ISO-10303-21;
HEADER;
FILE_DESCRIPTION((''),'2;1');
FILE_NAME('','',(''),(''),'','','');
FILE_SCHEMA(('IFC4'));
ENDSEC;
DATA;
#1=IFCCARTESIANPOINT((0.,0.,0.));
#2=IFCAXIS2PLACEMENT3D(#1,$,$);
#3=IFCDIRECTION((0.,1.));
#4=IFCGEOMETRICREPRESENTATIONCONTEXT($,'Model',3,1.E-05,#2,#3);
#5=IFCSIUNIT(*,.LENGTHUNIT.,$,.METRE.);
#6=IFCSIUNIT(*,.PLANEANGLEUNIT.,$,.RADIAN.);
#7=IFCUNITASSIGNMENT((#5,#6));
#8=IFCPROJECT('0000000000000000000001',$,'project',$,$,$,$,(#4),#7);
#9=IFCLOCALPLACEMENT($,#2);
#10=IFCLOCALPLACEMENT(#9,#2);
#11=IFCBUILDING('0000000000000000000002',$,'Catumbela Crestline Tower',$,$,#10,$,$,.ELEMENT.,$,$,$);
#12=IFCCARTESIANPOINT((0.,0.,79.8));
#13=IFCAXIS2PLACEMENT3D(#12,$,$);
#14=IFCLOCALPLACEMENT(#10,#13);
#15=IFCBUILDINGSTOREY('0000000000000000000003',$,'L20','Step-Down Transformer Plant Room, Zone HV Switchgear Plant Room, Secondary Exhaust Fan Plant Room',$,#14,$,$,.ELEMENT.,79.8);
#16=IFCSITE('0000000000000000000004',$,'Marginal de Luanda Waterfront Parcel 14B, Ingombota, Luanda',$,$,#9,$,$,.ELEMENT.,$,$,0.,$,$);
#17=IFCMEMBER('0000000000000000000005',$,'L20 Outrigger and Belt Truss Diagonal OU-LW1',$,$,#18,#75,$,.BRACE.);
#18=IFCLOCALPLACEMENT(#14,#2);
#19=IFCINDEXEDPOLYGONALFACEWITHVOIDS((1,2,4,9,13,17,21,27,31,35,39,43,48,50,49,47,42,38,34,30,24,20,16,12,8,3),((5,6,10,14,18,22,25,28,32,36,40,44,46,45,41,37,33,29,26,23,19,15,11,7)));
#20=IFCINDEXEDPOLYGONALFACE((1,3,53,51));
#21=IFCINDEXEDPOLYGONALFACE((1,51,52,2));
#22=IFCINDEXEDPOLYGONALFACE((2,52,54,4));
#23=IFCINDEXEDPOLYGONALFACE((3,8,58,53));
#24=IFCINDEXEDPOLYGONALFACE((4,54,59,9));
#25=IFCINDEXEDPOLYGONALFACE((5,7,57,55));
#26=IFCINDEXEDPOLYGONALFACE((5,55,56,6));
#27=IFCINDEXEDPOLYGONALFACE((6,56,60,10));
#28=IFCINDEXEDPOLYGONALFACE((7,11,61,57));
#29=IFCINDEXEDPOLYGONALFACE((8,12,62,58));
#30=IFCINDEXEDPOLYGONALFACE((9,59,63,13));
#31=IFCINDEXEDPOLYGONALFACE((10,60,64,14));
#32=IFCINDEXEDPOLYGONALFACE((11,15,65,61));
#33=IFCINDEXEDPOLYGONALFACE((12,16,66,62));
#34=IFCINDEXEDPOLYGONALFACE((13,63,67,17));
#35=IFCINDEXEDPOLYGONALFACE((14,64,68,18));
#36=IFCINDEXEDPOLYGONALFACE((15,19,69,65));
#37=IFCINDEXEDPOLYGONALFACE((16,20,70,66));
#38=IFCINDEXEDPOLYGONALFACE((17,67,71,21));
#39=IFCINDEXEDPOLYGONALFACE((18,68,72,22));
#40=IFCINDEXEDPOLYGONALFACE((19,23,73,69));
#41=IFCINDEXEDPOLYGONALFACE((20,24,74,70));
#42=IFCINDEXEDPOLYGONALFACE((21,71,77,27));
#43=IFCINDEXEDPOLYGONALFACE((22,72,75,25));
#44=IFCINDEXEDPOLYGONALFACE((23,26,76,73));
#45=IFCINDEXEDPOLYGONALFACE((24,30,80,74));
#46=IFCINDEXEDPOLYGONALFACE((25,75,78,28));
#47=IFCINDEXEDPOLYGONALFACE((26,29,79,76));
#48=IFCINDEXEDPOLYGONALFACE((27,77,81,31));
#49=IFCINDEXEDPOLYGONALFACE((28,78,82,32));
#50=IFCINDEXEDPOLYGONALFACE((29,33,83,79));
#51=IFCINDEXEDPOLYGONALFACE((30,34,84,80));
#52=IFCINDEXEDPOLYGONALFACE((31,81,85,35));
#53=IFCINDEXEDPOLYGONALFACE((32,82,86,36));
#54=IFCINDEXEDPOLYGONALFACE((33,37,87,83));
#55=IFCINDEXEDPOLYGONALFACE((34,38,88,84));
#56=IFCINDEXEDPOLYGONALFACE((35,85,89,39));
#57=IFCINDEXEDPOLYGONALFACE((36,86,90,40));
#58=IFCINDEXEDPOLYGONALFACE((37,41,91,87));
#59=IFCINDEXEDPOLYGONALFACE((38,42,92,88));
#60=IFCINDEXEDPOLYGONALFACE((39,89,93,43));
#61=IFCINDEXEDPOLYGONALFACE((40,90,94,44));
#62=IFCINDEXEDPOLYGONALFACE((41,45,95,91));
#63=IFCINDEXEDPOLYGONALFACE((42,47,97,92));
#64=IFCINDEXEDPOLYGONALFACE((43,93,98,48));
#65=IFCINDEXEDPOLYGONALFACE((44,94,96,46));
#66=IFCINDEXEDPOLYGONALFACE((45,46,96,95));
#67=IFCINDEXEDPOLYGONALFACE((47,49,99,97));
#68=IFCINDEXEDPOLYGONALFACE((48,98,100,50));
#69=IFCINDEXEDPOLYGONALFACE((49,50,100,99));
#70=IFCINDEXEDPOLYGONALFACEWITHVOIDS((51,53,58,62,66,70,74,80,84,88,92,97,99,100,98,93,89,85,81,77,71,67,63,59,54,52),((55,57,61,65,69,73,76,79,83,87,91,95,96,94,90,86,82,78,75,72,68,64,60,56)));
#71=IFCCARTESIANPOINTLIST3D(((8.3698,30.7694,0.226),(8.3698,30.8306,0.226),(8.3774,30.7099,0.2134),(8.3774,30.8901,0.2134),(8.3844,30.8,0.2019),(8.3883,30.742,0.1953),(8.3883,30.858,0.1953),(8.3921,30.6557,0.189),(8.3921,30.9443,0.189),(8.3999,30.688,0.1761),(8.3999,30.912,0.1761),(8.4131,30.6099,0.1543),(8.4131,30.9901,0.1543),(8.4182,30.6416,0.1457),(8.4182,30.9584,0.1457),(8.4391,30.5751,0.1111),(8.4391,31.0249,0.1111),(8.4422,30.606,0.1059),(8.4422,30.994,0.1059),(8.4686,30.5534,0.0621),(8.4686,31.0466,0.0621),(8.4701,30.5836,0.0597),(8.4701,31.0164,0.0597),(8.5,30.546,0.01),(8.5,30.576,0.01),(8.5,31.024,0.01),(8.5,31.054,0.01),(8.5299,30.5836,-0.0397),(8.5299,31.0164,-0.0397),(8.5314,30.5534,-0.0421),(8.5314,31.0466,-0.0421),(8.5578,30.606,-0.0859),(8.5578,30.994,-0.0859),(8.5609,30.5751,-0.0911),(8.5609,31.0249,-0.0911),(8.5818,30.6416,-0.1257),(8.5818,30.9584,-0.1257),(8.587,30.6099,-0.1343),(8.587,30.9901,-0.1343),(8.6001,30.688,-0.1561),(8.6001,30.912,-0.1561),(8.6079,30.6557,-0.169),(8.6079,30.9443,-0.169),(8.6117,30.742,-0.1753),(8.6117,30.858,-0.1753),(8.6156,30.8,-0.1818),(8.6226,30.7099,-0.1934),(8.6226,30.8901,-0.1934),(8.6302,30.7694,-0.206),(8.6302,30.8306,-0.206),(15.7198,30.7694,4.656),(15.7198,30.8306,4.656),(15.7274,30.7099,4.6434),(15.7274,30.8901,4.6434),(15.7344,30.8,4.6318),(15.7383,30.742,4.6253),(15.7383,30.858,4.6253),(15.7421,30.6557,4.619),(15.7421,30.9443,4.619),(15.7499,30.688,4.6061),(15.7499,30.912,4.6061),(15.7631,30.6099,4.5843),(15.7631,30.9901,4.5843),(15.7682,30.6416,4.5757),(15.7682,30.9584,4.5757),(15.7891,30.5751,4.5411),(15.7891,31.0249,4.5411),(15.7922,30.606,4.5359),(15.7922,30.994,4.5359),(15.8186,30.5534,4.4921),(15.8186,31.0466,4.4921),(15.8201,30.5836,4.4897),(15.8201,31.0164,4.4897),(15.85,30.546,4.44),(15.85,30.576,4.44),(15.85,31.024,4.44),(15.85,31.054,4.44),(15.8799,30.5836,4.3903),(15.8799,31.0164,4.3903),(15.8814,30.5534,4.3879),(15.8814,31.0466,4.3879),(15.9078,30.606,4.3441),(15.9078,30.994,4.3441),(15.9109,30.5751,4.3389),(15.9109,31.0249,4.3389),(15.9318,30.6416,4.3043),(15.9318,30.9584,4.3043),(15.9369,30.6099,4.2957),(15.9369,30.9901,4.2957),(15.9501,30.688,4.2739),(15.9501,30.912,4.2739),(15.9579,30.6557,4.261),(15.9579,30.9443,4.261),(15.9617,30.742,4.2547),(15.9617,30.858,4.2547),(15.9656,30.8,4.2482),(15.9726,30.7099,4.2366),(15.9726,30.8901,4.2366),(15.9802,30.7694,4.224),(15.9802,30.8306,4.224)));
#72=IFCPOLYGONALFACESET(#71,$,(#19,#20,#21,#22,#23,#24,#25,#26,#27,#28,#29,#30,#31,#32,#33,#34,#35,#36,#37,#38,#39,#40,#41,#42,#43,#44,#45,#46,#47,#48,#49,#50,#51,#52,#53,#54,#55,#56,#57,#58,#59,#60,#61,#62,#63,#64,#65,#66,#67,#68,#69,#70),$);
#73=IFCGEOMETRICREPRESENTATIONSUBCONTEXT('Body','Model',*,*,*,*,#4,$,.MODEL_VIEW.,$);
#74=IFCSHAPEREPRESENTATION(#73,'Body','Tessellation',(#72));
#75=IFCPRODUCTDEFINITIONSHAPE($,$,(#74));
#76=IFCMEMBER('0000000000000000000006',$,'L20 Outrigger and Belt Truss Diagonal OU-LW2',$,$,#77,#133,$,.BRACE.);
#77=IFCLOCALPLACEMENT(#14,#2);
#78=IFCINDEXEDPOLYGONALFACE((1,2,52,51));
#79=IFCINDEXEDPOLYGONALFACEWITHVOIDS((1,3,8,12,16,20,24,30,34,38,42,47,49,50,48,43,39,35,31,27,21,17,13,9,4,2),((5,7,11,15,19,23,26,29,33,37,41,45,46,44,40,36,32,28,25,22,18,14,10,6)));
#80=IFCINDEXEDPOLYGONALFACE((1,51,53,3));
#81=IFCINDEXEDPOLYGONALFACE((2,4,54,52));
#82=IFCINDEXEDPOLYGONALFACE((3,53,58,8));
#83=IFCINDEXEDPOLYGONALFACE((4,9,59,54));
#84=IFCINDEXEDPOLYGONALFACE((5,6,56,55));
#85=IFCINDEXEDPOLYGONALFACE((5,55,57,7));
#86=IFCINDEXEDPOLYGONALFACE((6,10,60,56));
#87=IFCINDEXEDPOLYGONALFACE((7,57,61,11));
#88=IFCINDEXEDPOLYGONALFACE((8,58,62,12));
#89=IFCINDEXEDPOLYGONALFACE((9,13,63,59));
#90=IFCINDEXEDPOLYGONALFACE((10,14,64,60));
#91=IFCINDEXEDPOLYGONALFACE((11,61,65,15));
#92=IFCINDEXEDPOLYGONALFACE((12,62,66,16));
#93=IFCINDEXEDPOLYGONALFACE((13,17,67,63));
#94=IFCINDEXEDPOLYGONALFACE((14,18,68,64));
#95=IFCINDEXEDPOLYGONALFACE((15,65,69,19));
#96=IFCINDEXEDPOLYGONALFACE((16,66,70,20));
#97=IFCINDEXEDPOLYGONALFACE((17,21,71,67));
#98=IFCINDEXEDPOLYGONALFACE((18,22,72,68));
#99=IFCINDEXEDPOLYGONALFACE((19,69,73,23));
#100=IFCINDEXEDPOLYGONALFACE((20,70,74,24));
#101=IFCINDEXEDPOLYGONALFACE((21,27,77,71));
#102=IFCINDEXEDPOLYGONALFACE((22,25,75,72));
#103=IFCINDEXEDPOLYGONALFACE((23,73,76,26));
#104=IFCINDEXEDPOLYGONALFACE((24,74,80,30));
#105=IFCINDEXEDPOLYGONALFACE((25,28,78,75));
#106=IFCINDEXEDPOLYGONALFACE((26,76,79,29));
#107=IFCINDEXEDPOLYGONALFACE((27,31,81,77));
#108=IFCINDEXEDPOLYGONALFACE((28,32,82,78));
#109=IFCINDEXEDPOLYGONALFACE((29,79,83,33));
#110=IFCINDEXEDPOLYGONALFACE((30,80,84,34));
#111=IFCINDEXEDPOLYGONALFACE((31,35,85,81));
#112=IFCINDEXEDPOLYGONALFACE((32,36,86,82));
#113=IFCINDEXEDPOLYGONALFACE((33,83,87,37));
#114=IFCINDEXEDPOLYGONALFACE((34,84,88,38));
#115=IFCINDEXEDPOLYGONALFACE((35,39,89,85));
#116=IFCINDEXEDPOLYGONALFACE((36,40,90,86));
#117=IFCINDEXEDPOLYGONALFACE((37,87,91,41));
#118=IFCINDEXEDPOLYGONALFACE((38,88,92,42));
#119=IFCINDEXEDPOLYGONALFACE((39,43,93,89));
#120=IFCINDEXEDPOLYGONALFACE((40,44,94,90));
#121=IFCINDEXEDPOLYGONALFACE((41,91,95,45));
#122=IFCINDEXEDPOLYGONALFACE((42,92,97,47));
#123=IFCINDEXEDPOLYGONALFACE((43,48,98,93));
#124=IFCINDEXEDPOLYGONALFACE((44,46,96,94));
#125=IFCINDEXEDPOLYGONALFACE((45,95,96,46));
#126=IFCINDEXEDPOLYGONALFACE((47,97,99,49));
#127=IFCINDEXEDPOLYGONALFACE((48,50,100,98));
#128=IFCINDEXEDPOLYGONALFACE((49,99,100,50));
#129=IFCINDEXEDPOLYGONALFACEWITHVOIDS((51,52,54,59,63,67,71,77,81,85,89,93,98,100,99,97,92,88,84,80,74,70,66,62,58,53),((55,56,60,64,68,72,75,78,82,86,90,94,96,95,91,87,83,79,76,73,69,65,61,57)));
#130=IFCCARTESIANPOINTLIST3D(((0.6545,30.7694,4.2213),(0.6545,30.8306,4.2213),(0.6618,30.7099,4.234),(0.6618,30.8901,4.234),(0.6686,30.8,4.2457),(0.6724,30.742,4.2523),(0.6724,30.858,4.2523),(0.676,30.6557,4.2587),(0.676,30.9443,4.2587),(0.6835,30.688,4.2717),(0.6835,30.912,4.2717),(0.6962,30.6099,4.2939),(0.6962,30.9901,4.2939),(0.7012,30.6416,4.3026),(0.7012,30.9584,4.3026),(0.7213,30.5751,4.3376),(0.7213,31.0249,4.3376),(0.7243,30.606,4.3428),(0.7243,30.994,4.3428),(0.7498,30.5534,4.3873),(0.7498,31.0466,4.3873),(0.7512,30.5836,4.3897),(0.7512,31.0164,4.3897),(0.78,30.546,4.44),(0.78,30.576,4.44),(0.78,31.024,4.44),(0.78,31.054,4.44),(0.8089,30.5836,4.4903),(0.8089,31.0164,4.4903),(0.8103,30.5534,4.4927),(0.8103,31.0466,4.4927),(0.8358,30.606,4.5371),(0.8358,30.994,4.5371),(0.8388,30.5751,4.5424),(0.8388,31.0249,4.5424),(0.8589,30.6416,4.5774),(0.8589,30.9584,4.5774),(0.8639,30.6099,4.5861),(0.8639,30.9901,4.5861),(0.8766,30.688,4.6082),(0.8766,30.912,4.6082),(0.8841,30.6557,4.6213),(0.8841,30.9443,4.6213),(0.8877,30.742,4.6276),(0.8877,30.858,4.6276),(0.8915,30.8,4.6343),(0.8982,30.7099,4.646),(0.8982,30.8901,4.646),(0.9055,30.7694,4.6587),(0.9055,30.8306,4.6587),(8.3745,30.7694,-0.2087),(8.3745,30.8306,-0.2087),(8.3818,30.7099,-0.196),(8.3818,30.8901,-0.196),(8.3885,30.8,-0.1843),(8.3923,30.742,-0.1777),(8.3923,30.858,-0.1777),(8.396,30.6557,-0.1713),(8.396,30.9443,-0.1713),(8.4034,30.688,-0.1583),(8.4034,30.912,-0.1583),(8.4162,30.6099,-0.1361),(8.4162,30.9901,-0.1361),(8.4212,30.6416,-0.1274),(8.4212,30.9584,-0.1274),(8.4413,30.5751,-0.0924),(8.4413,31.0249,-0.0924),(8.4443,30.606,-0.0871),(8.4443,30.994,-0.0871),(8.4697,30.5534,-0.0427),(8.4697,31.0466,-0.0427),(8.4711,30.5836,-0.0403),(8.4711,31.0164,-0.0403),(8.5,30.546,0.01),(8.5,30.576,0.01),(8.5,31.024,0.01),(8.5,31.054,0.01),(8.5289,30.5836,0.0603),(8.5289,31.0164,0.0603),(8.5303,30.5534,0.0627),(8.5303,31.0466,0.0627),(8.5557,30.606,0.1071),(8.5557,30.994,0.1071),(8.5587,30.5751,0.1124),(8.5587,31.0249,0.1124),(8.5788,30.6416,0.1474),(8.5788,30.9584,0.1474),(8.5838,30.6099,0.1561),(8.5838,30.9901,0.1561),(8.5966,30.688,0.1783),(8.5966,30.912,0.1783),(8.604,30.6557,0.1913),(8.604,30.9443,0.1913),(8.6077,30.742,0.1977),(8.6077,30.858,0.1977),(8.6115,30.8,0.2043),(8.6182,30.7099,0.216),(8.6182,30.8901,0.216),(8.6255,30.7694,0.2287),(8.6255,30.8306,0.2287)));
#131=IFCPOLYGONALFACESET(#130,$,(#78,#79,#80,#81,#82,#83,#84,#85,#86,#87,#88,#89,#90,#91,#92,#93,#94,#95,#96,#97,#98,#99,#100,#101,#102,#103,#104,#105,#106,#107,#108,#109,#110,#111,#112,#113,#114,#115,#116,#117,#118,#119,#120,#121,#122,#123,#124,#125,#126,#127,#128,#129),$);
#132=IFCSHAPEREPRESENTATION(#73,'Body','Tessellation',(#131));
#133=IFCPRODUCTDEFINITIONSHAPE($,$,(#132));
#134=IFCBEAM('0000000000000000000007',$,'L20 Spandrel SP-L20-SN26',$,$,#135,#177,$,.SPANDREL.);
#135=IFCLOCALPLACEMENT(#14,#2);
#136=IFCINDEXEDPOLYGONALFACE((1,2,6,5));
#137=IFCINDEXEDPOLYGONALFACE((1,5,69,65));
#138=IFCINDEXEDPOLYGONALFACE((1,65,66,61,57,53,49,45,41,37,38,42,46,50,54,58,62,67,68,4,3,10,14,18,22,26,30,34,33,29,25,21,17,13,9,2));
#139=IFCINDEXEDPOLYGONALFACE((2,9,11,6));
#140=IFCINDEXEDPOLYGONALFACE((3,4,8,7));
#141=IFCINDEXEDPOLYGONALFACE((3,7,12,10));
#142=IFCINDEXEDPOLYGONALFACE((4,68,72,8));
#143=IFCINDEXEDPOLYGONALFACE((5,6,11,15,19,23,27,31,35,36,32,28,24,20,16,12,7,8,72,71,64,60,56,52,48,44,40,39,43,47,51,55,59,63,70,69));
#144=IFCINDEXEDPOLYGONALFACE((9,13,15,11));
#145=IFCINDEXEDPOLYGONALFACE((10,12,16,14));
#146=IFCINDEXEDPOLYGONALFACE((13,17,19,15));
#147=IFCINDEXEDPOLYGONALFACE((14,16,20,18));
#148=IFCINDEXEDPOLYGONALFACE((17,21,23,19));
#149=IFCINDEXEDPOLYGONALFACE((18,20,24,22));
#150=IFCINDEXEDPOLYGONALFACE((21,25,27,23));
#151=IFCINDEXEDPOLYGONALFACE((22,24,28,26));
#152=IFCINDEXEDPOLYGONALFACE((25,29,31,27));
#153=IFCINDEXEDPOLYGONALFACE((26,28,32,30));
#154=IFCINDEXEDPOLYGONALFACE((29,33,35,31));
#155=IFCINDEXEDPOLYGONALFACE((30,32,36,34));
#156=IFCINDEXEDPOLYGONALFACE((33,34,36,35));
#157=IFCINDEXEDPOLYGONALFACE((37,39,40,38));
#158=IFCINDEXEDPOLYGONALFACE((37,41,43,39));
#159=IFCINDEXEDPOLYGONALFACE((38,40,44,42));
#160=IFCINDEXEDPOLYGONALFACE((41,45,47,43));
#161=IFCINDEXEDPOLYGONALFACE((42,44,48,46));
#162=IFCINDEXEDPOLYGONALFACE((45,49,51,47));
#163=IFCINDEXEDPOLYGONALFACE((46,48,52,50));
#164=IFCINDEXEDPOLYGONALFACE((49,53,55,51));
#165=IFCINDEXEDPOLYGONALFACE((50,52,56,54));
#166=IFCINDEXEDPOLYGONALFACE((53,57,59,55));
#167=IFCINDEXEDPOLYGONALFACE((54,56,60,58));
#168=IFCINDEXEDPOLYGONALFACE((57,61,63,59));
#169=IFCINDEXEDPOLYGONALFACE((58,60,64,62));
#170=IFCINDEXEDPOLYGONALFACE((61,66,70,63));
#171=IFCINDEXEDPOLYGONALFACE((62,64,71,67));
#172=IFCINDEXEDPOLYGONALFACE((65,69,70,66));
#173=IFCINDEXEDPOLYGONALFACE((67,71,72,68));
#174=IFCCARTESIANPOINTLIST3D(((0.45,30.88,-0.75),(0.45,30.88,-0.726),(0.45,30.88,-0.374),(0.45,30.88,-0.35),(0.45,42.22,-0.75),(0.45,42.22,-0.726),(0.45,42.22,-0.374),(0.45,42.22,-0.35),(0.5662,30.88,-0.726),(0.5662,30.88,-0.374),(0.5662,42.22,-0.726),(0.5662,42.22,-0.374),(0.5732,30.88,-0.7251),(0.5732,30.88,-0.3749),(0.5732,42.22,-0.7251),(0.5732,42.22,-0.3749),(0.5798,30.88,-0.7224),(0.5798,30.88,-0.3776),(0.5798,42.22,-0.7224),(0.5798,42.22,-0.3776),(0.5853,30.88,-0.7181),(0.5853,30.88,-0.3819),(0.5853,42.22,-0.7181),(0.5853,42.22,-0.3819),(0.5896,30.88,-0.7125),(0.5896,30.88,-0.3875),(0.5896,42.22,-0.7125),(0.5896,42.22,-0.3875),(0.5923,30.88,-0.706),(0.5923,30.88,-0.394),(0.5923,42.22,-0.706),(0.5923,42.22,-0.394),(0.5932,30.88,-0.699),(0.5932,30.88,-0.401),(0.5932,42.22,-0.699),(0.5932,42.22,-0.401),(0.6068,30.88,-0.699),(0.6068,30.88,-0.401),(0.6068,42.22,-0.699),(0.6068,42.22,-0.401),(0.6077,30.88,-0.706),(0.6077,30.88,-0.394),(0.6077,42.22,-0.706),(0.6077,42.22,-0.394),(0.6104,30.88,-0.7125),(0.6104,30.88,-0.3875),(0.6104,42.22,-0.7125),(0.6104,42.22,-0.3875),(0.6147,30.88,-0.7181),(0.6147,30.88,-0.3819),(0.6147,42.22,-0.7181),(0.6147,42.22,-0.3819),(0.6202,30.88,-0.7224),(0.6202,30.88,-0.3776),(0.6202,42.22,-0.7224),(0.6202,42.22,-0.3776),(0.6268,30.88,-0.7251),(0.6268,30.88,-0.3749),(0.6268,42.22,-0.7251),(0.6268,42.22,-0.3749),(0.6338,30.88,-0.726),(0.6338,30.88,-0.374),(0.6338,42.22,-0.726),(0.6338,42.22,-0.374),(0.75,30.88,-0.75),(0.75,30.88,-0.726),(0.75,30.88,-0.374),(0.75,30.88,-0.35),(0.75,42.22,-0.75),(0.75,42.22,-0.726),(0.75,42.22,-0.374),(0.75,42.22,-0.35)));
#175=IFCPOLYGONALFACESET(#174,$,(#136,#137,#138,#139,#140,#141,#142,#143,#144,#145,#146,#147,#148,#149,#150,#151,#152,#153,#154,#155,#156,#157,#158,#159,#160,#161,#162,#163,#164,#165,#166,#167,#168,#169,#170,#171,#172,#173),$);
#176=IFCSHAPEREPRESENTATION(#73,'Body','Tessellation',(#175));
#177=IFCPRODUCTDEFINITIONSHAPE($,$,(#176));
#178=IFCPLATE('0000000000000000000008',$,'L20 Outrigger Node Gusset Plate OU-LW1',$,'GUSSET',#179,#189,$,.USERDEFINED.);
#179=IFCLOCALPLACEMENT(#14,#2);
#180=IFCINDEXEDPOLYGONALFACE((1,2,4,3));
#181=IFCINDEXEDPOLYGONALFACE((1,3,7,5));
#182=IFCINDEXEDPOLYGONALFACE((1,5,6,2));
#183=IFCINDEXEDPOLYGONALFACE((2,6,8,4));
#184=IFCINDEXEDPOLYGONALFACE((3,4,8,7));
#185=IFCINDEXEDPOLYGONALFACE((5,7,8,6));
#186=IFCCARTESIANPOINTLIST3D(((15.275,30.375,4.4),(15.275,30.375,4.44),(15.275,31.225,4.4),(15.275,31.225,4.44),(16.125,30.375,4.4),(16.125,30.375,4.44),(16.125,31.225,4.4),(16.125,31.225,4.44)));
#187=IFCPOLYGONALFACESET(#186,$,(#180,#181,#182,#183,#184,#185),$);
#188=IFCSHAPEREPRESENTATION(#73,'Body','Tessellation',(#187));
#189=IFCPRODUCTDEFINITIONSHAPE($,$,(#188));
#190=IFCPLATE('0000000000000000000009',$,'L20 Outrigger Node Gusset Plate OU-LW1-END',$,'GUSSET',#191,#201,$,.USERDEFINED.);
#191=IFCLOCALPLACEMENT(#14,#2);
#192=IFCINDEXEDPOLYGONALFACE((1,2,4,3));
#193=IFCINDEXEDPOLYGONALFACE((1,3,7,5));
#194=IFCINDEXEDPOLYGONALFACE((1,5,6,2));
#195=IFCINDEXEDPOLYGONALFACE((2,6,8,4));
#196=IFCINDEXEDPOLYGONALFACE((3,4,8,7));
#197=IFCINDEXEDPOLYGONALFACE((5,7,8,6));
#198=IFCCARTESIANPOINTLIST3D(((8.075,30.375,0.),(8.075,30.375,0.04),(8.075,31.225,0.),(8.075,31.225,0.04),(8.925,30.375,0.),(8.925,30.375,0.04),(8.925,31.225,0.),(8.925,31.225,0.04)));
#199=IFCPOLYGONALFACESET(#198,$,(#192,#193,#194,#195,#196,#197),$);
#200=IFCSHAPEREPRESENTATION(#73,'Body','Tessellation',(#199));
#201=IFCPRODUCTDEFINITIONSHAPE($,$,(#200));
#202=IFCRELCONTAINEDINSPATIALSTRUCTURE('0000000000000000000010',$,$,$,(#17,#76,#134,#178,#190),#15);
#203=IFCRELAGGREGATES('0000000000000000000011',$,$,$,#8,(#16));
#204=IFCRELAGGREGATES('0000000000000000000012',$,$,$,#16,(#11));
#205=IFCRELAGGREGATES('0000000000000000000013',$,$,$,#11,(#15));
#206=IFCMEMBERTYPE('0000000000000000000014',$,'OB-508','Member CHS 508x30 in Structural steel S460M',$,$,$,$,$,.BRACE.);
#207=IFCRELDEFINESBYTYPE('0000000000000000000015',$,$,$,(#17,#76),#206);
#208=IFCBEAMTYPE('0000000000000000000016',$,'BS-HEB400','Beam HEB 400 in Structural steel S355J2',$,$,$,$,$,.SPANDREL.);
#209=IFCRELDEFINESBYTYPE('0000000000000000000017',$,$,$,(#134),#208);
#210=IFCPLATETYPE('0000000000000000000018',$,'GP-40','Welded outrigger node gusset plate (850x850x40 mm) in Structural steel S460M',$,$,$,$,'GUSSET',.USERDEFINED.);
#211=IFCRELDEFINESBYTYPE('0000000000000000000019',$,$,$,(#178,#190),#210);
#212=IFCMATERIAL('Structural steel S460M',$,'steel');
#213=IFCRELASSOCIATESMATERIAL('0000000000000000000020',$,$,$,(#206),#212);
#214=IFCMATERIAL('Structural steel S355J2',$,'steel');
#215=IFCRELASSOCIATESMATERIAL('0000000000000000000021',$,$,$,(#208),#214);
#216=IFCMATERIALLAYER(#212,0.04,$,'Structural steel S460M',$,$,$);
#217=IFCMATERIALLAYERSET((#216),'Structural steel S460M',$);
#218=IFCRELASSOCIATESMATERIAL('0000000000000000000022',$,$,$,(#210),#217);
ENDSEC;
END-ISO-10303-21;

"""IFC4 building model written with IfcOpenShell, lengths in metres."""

from ifc_helpers import new_model, si_unit, direction, frame, origin, origin_2d, place, context, subcontext, project, spatial, rectangle, hollow_circle, i_section, extrude, material, layer, layer_set, material_profile, profile_set, type_object, element, save


model = new_model("IFC4")

# Units and contexts
model_context = context("Model", 3, precision=1e-05, world=origin(), true_north=direction((0.0, 1.0)))
body_context = subcontext(model_context, "Body", "Model", "MODEL_VIEW")
ifc_project = project(units=[si_unit("LENGTHUNIT", "METRE"), si_unit("PLANEANGLEUNIT", "RADIAN")], contexts=[model_context])

# Site, building, storey
site_placement = place(None, origin())
site = spatial("IfcSite", under=ifc_project, at=site_placement, Name="Marginal de Luanda Waterfront Parcel 14B, Ingombota, Luanda", CompositionType="ELEMENT", RefElevation=0.0)
building_placement = place(site_placement, origin())
building = spatial("IfcBuilding", under=site, at=building_placement, Name="Catumbela Crestline Tower", CompositionType="ELEMENT")
storey_placement = place(building_placement, frame((0.0, 0.0, 79.8)))
storey = spatial("IfcBuildingStorey", under=building, at=storey_placement, Name="L20", Description="Step-Down Transformer Plant Room, Zone HV Switchgear Plant Room, Secondary Exhaust Fan Plant Room", CompositionType="ELEMENT", Elevation=79.8)

# Shared definitions
ifc_material_1 = material(Name="Structural steel S460M", Category="steel")

# Shared definitions
ifc_material_2 = material(Name="Structural steel S355J2", Category="steel")

# Members
ifc_material_profile_1 = material_profile(ifc_material_1, hollow_circle(Radius=0.254, WallThickness=0.03, at=origin_2d()), Name="CHS 508x30")
ifc_profile_set_1 = profile_set([ifc_material_profile_1], Name="Structural steel S460M")
member_type = type_object("IfcMemberType", Name="OB-508", Description="Member CHS 508x30 in Structural steel S460M", PredefinedType="BRACE", material=ifc_profile_set_1)
member_1_placement = place(storey_placement, frame((15.85, 30.8, 4.44), z_axis=(-0.856463, 0.0, -0.516208), x_axis=(0.0, -1.0, 0.0)))
element("IfcMember", 1, at=member_1_placement, inside=storey, type_object=member_type, Name="L20 Outrigger and Belt Truss Diagonal OU-LW1", PredefinedType="BRACE", context=body_context, shape_type="SweptSolid", body=[
    extrude(hollow_circle(Radius=0.254, WallThickness=0.03, at=origin_2d()), origin(), (0.0, 0.0, 1.0), 8.5818),
])
member_2_placement = place(storey_placement, frame((8.5, 30.8, 0.01), z_axis=(-0.867343, 0.0, 0.497711), x_axis=(0.0, -1.0, 0.0)))
element("IfcMember", 2, at=member_2_placement, inside=storey, type_object=member_type, Name="L20 Outrigger and Belt Truss Diagonal OU-LW2", PredefinedType="BRACE", context=body_context, shape_type="SweptSolid", body=[
    extrude(hollow_circle(Radius=0.254, WallThickness=0.03, at=origin_2d()), origin(), (0.0, 0.0, 1.0), 8.9007),
])

# Beam
ifc_material_profile_2 = material_profile(ifc_material_2, i_section(OverallWidth=0.3, OverallDepth=0.4, WebThickness=0.0135, FlangeThickness=0.024, FilletRadius=0.027, at=origin_2d()), Name="HEB 400")
ifc_profile_set_2 = profile_set([ifc_material_profile_2], Name="Structural steel S355J2")
beam_type_1 = type_object("IfcBeamType", Name="BS-HEB400", Description="Beam HEB 400 in Structural steel S355J2", PredefinedType="SPANDREL", material=ifc_profile_set_2)
beam_1_placement = place(storey_placement, frame((0.6, 30.88, -0.55), z_axis=(0.0, 1.0, 0.0), x_axis=(-1.0, 0.0, 0.0)))
element("IfcBeam", 3, at=beam_1_placement, inside=storey, type_object=beam_type_1, Name="L20 Spandrel SP-L20-SN26", PredefinedType="SPANDREL", context=body_context, shape_type="SweptSolid", body=[
    extrude(i_section(OverallWidth=0.3, OverallDepth=0.4, WebThickness=0.0135, FlangeThickness=0.024, FilletRadius=0.027, at=origin_2d()), origin(), (0.0, 0.0, 1.0), 11.34),
])

# Plates
ifc_layer_1 = layer(ifc_material_1, 0.04, Name="Structural steel S460M")
ifc_layer_set_1 = layer_set([ifc_layer_1], Name="Structural steel S460M")
plate_type = type_object("IfcPlateType", Name="GP-40", Description="Welded outrigger node gusset plate (850x850x40 mm) in Structural steel S460M", ElementType="GUSSET", PredefinedType="USERDEFINED", material=ifc_layer_set_1)
for number, where, z_axis, x_axis, name in (
    (4, (15.7, 30.8, 4.4), (0.0, 0.0, 1.0), (1.0, 0.0, 0.0), "L20 Outrigger Node Gusset Plate OU-LW1"),
    (5, (8.5, 30.8, 0.0), (0.0, 0.0, 1.0), (1.0, 0.0, 0.0), "L20 Outrigger Node Gusset Plate OU-LW1-END"),
):
    element("IfcPlate", number, at=place(storey_placement, frame(where, z_axis=z_axis, x_axis=x_axis)), inside=storey, type_object=plate_type, Name=name, ObjectType="GUSSET", PredefinedType="USERDEFINED", context=body_context, shape_type="SweptSolid", body=[
        extrude(rectangle(XDim=0.85, YDim=0.85, at=origin_2d()), origin(), (0.0, 0.0, 1.0), 0.04),
    ])

save(model, "model.ifc")
